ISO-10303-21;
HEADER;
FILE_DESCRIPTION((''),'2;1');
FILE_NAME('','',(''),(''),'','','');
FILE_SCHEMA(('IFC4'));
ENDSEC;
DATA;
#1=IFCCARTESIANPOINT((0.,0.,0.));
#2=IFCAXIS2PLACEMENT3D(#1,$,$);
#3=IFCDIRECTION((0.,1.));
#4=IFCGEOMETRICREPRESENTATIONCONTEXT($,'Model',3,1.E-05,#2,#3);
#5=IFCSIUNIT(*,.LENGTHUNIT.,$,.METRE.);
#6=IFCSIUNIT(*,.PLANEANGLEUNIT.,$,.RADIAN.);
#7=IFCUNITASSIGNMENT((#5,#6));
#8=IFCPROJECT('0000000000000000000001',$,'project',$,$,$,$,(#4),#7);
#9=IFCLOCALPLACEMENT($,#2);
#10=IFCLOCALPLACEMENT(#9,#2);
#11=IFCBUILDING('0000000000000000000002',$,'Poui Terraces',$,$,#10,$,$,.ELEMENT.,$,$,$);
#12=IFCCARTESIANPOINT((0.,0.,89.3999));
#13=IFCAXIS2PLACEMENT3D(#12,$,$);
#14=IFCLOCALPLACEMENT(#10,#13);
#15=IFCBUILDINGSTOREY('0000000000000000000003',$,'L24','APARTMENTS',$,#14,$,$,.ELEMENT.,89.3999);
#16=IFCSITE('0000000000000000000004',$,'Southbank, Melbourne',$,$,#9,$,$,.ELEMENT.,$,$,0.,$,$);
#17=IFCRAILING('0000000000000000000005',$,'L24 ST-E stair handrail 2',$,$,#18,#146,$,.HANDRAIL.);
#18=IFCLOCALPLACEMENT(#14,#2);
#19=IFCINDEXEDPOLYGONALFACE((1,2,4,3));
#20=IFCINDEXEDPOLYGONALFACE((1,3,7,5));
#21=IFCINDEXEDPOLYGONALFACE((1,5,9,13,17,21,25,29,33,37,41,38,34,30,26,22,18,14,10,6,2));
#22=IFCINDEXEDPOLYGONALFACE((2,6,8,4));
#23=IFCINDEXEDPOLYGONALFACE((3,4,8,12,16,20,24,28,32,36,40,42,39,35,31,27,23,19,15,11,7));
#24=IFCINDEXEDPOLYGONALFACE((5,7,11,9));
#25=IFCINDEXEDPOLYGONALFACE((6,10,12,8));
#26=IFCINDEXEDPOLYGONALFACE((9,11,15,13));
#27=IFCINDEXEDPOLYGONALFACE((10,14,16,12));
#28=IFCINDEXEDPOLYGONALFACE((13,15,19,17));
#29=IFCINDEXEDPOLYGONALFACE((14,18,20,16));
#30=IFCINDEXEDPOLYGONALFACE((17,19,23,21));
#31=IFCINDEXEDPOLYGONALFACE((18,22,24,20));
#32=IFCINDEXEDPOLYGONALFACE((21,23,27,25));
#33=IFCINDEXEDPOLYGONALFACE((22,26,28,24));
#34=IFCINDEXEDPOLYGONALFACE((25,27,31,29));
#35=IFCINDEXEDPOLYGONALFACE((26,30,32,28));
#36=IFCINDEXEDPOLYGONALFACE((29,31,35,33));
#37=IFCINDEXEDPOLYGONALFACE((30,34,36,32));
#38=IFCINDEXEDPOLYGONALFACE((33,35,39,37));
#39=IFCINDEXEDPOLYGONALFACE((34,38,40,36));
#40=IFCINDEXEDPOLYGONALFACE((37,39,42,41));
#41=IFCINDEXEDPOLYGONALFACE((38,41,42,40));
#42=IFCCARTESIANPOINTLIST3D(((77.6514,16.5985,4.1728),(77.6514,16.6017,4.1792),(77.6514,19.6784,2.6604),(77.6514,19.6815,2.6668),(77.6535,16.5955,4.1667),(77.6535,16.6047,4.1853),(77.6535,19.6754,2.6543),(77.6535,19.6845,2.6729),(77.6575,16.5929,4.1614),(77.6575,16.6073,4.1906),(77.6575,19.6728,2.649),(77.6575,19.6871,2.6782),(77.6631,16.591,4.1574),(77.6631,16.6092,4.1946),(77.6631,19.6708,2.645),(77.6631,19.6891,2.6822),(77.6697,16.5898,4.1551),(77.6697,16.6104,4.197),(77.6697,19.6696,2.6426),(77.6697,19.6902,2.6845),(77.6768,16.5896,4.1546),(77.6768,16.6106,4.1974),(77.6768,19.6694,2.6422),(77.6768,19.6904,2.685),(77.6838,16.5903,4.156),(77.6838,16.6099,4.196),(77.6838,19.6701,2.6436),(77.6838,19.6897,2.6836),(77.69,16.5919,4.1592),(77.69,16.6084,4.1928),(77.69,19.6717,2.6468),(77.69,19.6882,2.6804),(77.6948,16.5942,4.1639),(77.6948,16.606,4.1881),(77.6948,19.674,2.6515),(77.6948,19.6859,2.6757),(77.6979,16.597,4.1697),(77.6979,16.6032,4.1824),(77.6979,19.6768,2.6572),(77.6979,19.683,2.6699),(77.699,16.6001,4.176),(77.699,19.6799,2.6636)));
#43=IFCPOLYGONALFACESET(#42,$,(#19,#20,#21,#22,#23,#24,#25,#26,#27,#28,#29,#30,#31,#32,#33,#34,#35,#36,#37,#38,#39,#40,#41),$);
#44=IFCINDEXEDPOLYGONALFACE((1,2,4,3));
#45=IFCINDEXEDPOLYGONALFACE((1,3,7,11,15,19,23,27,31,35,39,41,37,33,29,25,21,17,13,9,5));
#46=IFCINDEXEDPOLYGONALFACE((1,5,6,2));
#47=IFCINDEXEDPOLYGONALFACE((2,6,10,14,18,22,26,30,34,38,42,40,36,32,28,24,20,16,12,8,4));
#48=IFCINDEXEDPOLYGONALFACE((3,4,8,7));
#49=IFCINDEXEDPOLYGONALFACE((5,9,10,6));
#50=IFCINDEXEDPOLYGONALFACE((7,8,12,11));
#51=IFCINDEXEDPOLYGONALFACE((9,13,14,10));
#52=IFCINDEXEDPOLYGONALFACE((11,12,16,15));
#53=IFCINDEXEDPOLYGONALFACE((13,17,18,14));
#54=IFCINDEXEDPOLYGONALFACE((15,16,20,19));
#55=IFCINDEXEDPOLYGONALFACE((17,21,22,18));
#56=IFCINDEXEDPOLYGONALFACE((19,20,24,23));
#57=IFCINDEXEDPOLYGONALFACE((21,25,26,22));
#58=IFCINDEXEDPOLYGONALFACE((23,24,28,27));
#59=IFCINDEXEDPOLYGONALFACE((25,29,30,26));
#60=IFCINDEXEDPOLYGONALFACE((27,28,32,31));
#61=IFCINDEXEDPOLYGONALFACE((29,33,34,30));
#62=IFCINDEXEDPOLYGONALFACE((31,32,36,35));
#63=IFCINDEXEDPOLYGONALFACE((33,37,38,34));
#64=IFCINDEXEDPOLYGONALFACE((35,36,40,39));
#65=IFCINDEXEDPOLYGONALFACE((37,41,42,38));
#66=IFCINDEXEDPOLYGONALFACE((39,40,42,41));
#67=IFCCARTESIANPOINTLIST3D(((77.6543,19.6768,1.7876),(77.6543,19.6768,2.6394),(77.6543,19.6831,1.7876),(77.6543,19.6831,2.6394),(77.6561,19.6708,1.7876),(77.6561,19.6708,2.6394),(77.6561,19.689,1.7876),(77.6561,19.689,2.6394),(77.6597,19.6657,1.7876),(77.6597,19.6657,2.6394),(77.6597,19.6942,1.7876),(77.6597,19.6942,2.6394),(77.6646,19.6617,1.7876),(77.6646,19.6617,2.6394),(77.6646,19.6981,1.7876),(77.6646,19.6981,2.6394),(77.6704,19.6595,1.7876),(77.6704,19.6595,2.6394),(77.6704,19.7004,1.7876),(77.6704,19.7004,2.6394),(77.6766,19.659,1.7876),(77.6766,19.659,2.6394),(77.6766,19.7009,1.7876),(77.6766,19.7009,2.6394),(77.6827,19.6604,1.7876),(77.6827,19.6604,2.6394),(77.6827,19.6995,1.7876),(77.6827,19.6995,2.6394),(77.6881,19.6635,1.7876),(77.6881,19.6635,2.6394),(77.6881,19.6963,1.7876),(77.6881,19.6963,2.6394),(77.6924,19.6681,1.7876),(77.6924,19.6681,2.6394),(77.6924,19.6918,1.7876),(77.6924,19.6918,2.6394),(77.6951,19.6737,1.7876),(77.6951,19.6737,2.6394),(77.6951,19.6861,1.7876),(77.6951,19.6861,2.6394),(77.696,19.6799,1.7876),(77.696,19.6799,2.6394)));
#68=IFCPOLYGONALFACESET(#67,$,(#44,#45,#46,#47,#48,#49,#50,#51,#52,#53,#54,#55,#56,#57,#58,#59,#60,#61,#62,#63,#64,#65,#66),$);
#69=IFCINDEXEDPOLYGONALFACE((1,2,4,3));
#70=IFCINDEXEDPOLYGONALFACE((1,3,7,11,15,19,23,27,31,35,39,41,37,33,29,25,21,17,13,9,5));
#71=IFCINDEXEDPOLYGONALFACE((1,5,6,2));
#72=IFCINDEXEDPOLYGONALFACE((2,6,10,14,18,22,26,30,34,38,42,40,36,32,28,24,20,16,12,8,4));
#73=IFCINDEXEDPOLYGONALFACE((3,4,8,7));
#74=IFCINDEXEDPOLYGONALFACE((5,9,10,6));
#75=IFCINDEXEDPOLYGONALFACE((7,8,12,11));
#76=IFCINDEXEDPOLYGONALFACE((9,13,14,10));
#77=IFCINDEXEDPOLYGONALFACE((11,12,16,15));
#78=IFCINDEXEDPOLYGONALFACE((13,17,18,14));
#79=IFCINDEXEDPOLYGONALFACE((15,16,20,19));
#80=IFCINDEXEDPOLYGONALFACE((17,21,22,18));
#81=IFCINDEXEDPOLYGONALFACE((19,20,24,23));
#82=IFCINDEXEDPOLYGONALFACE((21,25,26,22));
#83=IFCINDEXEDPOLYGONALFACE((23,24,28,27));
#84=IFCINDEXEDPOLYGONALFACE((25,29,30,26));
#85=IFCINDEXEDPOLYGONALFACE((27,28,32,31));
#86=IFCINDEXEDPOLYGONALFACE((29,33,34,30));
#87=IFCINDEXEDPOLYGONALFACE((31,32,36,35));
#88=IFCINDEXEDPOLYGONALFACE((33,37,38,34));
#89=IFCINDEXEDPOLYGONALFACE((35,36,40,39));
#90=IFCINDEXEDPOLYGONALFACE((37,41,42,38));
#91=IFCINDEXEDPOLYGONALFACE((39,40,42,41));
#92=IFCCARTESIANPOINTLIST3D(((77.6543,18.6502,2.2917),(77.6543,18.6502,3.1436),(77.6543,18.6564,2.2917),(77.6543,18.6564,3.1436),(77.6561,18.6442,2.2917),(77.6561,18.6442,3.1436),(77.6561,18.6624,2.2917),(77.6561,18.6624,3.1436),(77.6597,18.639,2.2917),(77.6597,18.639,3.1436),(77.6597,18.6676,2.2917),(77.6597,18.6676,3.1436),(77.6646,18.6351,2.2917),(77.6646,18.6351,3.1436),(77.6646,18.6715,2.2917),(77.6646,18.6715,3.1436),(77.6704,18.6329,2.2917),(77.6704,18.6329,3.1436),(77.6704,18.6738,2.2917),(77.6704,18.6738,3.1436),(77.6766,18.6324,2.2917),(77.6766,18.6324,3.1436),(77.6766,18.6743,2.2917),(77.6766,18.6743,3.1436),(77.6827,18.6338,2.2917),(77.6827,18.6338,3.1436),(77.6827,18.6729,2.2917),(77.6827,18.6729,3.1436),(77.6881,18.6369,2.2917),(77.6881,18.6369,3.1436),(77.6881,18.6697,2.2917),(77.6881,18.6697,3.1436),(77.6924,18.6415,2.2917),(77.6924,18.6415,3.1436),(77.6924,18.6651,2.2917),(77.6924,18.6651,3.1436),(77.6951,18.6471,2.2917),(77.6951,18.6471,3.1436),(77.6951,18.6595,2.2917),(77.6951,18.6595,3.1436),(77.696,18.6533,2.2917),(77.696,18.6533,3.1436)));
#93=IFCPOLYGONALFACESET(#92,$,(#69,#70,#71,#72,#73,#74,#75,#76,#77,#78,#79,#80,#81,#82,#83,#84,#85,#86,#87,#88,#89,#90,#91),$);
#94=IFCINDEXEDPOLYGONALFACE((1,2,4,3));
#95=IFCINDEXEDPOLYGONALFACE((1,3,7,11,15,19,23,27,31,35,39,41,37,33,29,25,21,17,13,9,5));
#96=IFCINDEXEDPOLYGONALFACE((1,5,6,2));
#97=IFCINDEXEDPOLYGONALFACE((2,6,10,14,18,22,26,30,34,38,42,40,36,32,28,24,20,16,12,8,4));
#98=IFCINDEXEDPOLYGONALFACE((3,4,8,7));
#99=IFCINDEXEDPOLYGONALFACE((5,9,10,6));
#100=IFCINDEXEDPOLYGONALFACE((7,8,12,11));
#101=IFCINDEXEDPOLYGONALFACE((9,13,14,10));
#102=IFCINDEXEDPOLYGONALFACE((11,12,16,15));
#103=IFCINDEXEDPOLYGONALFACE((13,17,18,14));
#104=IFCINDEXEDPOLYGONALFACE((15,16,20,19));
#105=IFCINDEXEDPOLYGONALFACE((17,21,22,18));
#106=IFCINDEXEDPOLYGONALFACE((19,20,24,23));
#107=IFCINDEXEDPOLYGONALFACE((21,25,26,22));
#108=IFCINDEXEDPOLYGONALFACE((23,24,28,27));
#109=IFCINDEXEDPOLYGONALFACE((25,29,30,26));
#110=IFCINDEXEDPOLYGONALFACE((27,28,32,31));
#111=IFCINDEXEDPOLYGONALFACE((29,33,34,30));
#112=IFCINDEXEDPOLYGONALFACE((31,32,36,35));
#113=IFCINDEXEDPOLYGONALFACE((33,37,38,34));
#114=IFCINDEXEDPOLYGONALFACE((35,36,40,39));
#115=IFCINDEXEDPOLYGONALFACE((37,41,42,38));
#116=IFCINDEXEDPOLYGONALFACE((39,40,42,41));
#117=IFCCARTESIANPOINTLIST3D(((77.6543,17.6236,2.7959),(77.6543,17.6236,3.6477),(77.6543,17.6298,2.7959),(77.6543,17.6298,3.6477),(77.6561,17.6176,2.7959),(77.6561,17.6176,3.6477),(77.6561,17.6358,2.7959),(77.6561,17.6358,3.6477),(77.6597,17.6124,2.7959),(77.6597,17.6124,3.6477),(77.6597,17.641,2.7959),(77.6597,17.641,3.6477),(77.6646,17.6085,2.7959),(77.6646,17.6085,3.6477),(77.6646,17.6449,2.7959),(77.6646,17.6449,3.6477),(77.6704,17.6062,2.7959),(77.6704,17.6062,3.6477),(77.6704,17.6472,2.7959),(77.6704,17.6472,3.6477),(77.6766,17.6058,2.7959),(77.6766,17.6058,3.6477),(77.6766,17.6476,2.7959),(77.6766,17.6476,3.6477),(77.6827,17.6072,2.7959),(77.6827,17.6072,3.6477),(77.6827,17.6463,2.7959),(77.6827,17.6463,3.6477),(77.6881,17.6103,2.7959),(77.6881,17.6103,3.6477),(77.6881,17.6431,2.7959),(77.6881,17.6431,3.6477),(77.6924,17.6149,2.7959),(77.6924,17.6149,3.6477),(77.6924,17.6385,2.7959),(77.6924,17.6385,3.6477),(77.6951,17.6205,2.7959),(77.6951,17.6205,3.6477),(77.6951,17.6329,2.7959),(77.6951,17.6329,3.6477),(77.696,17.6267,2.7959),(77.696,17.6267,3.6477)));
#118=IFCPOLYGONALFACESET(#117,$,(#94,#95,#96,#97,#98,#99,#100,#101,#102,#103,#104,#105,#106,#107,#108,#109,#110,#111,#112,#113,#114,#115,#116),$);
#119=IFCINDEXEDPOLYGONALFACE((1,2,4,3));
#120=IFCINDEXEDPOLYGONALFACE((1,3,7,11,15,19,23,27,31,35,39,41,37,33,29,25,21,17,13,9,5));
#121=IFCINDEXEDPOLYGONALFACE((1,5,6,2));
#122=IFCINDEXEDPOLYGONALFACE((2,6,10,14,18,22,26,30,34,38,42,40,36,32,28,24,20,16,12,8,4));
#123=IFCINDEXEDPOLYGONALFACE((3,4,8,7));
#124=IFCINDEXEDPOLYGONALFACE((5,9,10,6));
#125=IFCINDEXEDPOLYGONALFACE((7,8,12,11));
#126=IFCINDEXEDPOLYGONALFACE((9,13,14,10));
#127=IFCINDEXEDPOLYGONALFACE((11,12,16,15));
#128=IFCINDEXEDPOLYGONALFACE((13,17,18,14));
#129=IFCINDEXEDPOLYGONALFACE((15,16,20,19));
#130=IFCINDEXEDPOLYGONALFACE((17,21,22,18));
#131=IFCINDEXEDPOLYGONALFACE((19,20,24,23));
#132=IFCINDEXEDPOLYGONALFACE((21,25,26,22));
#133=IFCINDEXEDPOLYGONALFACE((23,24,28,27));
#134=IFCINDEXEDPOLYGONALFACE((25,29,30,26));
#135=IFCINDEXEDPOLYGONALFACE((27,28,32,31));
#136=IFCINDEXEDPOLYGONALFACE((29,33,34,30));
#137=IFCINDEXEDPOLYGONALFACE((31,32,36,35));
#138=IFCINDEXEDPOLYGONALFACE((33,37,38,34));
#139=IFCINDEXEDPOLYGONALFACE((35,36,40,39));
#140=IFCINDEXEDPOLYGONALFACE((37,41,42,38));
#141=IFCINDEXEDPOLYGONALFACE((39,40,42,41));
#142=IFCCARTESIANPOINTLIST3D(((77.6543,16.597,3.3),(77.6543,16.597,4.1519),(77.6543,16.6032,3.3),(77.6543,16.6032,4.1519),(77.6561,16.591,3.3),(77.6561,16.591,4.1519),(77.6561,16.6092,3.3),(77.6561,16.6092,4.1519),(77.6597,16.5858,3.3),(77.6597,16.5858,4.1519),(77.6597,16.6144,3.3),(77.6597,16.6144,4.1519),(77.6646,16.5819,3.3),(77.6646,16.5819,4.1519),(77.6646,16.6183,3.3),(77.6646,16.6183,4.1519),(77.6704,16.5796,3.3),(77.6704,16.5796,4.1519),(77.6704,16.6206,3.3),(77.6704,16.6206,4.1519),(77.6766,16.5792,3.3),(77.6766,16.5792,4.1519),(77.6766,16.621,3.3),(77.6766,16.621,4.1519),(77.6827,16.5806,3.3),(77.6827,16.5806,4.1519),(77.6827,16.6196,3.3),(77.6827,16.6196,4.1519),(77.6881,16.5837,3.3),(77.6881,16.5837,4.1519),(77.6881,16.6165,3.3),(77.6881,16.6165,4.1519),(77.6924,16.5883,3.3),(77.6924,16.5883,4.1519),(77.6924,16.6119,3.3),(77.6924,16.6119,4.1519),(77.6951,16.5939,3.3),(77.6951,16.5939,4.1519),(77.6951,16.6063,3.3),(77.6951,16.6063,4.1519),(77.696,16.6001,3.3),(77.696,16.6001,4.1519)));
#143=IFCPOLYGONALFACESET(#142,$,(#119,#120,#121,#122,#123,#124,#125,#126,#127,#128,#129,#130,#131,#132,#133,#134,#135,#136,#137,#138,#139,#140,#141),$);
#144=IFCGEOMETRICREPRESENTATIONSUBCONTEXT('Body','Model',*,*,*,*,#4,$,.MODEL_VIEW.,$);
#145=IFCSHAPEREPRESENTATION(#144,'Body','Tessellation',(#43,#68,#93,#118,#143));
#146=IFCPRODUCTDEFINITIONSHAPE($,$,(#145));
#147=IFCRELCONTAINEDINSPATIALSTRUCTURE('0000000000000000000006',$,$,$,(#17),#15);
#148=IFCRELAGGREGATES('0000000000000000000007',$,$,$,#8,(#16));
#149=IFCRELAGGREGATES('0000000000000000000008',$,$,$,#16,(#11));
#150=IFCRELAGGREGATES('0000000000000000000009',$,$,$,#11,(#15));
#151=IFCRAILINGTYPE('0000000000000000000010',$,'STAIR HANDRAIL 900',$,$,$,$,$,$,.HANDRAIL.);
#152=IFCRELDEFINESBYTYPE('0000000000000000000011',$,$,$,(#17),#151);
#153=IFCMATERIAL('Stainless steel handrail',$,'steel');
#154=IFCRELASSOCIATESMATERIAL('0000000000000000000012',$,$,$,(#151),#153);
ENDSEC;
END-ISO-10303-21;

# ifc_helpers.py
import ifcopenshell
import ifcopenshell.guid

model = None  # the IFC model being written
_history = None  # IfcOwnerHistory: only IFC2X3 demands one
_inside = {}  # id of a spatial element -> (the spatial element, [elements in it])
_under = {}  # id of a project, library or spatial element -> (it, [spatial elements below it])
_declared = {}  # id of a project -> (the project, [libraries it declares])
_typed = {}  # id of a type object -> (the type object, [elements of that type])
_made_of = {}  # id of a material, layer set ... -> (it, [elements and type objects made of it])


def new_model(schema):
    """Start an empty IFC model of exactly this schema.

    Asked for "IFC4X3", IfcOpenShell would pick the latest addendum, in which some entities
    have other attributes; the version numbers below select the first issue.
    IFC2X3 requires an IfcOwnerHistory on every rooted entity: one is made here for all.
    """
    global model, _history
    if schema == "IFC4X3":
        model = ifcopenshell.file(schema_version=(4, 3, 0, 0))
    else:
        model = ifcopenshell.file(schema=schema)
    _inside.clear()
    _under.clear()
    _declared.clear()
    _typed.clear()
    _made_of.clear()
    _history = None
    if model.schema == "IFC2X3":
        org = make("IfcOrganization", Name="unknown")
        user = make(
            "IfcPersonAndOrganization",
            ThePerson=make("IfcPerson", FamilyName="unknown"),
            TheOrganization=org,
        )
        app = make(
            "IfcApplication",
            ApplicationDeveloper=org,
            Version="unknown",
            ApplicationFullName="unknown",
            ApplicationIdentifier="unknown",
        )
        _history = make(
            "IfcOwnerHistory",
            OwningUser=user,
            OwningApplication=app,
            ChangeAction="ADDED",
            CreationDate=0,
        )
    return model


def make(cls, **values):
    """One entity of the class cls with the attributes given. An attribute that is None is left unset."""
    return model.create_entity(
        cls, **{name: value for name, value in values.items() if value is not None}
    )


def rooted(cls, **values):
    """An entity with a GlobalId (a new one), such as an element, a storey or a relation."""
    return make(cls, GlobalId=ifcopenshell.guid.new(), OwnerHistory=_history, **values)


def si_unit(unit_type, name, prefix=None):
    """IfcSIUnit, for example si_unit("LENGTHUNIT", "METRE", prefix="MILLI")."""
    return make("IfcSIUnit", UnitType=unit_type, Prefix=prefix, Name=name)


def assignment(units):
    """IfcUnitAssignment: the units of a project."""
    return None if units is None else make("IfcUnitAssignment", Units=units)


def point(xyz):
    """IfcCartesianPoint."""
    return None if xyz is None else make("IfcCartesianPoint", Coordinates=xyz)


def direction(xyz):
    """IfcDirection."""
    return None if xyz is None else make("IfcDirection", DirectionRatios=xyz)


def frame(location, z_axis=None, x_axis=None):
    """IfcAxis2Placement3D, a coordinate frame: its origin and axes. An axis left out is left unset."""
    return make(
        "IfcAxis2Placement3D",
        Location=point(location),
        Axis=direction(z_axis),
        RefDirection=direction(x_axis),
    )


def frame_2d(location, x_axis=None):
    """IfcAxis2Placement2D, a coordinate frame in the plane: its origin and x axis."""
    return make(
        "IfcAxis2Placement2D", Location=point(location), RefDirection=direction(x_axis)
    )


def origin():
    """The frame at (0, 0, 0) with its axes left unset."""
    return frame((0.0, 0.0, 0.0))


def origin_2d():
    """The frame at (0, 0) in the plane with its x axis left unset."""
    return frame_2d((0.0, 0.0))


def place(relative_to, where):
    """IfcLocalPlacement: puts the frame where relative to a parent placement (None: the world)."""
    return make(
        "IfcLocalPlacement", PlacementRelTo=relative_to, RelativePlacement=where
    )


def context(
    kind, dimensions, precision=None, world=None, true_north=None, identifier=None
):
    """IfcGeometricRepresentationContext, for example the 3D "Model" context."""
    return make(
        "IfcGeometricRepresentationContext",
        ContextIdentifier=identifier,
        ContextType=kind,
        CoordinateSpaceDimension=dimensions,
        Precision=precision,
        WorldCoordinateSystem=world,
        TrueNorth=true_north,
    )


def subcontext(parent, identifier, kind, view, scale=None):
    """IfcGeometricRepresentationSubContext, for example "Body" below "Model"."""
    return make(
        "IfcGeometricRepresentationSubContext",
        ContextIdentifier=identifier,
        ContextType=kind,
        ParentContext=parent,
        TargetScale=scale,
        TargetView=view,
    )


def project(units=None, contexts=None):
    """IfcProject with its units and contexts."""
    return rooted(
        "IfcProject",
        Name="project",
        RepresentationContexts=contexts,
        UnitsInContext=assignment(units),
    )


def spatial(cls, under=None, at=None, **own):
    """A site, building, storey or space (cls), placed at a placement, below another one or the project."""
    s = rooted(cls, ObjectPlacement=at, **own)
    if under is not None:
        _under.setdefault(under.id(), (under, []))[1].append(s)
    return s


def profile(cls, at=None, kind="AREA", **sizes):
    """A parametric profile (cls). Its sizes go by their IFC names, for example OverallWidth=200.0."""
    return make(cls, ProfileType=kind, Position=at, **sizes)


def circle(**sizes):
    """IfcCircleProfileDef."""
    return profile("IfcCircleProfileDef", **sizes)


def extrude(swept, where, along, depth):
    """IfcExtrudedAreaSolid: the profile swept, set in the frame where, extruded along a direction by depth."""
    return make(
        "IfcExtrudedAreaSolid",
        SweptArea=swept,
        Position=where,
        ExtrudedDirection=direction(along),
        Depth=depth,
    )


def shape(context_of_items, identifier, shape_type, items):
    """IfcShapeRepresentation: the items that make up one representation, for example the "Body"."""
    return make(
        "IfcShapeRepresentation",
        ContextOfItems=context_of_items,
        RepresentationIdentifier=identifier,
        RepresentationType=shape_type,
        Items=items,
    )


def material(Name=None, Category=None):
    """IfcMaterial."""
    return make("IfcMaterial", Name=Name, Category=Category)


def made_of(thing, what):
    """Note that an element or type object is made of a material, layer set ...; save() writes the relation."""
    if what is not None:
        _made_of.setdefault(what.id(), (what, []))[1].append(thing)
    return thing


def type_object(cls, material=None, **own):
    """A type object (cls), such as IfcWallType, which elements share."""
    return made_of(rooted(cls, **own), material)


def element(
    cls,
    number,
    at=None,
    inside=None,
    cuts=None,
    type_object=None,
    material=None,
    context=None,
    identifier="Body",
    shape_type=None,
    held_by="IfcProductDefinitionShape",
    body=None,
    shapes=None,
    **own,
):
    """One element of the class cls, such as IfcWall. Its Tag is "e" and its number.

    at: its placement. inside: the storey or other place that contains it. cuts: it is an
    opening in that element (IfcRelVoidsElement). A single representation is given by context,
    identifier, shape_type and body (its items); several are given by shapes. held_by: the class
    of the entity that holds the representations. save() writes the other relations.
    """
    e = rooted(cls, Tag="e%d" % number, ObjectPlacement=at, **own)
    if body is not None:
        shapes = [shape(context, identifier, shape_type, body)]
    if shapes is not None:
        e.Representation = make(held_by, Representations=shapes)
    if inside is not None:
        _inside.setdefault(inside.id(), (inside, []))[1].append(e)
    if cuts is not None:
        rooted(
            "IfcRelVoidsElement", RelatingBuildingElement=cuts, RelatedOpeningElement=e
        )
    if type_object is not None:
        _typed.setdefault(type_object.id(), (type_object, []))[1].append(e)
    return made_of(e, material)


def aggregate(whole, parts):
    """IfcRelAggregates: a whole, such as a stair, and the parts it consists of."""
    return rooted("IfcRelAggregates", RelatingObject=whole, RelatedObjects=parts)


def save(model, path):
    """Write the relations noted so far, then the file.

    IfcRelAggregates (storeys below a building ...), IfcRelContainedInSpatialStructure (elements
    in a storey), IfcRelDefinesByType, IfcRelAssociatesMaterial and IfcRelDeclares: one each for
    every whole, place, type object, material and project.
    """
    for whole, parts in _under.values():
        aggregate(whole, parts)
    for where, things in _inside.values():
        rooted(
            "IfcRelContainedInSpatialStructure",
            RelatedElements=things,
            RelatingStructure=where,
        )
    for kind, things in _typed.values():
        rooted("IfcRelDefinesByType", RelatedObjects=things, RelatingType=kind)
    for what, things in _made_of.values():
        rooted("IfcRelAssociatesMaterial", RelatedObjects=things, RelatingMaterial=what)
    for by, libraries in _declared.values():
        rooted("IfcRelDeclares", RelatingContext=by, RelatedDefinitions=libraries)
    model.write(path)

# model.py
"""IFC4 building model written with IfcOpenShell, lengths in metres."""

from ifc_helpers import new_model, si_unit, direction, frame, origin, origin_2d, place, context, subcontext, project, spatial, circle, extrude, material, type_object, element, save


model = new_model("IFC4")

# Units and contexts
model_context = context("Model", 3, precision=1e-05, world=origin(), true_north=direction((0.0, 1.0)))
body_context = subcontext(model_context, "Body", "Model", "MODEL_VIEW")
ifc_project = project(units=[si_unit("LENGTHUNIT", "METRE"), si_unit("PLANEANGLEUNIT", "RADIAN")], contexts=[model_context])

# Site, building, storey
site_placement = place(None, origin())
site = spatial("IfcSite", under=ifc_project, at=site_placement, Name="Southbank, Melbourne", CompositionType="ELEMENT", RefElevation=0.0)
building_placement = place(site_placement, origin())
building = spatial("IfcBuilding", under=site, at=building_placement, Name="Poui Terraces", CompositionType="ELEMENT")
storey_placement = place(building_placement, frame((0.0, 0.0, 89.3999)))
storey = spatial("IfcBuildingStorey", under=building, at=storey_placement, Name="L24", Description="APARTMENTS", CompositionType="ELEMENT", Elevation=89.3999)

# Railing
ifc_material_1 = material(Name="Stainless steel handrail", Category="steel")
railing_type_1 = type_object("IfcRailingType", Name="STAIR HANDRAIL 900", PredefinedType="HANDRAIL", material=ifc_material_1)
railing_1_placement = place(storey_placement, frame((77.675, 19.6799, 1.7876)))
element("IfcRailing", 1, at=railing_1_placement, inside=storey, type_object=railing_type_1, Name="L24 ST-E stair handrail 2", PredefinedType="HANDRAIL", context=body_context, shape_type="SweptSolid", body=[
    extrude(circle(Radius=0.0239, at=origin_2d()), frame((0.0, 0.0, 0.876), z_axis=(0.0, -0.897606, 0.440798), x_axis=(1.0, 0.0, 0.0)), (0.0, 0.0, 1.0), 3.4312),
    extrude(circle(Radius=0.021, at=origin_2d()), origin(), (0.0, 0.0, 1.0), 0.8518),
    extrude(circle(Radius=0.021, at=origin_2d()), frame((0.0, -1.0266, 0.5042)), (0.0, 0.0, 1.0), 0.8518),
    extrude(circle(Radius=0.021, at=origin_2d()), frame((0.0, -2.0532, 1.0083)), (0.0, 0.0, 1.0), 0.8518),
    extrude(circle(Radius=0.021, at=origin_2d()), frame((0.0, -3.0798, 1.5125)), (0.0, 0.0, 1.0), 0.8518),
])

save(model, "model.ifc")
